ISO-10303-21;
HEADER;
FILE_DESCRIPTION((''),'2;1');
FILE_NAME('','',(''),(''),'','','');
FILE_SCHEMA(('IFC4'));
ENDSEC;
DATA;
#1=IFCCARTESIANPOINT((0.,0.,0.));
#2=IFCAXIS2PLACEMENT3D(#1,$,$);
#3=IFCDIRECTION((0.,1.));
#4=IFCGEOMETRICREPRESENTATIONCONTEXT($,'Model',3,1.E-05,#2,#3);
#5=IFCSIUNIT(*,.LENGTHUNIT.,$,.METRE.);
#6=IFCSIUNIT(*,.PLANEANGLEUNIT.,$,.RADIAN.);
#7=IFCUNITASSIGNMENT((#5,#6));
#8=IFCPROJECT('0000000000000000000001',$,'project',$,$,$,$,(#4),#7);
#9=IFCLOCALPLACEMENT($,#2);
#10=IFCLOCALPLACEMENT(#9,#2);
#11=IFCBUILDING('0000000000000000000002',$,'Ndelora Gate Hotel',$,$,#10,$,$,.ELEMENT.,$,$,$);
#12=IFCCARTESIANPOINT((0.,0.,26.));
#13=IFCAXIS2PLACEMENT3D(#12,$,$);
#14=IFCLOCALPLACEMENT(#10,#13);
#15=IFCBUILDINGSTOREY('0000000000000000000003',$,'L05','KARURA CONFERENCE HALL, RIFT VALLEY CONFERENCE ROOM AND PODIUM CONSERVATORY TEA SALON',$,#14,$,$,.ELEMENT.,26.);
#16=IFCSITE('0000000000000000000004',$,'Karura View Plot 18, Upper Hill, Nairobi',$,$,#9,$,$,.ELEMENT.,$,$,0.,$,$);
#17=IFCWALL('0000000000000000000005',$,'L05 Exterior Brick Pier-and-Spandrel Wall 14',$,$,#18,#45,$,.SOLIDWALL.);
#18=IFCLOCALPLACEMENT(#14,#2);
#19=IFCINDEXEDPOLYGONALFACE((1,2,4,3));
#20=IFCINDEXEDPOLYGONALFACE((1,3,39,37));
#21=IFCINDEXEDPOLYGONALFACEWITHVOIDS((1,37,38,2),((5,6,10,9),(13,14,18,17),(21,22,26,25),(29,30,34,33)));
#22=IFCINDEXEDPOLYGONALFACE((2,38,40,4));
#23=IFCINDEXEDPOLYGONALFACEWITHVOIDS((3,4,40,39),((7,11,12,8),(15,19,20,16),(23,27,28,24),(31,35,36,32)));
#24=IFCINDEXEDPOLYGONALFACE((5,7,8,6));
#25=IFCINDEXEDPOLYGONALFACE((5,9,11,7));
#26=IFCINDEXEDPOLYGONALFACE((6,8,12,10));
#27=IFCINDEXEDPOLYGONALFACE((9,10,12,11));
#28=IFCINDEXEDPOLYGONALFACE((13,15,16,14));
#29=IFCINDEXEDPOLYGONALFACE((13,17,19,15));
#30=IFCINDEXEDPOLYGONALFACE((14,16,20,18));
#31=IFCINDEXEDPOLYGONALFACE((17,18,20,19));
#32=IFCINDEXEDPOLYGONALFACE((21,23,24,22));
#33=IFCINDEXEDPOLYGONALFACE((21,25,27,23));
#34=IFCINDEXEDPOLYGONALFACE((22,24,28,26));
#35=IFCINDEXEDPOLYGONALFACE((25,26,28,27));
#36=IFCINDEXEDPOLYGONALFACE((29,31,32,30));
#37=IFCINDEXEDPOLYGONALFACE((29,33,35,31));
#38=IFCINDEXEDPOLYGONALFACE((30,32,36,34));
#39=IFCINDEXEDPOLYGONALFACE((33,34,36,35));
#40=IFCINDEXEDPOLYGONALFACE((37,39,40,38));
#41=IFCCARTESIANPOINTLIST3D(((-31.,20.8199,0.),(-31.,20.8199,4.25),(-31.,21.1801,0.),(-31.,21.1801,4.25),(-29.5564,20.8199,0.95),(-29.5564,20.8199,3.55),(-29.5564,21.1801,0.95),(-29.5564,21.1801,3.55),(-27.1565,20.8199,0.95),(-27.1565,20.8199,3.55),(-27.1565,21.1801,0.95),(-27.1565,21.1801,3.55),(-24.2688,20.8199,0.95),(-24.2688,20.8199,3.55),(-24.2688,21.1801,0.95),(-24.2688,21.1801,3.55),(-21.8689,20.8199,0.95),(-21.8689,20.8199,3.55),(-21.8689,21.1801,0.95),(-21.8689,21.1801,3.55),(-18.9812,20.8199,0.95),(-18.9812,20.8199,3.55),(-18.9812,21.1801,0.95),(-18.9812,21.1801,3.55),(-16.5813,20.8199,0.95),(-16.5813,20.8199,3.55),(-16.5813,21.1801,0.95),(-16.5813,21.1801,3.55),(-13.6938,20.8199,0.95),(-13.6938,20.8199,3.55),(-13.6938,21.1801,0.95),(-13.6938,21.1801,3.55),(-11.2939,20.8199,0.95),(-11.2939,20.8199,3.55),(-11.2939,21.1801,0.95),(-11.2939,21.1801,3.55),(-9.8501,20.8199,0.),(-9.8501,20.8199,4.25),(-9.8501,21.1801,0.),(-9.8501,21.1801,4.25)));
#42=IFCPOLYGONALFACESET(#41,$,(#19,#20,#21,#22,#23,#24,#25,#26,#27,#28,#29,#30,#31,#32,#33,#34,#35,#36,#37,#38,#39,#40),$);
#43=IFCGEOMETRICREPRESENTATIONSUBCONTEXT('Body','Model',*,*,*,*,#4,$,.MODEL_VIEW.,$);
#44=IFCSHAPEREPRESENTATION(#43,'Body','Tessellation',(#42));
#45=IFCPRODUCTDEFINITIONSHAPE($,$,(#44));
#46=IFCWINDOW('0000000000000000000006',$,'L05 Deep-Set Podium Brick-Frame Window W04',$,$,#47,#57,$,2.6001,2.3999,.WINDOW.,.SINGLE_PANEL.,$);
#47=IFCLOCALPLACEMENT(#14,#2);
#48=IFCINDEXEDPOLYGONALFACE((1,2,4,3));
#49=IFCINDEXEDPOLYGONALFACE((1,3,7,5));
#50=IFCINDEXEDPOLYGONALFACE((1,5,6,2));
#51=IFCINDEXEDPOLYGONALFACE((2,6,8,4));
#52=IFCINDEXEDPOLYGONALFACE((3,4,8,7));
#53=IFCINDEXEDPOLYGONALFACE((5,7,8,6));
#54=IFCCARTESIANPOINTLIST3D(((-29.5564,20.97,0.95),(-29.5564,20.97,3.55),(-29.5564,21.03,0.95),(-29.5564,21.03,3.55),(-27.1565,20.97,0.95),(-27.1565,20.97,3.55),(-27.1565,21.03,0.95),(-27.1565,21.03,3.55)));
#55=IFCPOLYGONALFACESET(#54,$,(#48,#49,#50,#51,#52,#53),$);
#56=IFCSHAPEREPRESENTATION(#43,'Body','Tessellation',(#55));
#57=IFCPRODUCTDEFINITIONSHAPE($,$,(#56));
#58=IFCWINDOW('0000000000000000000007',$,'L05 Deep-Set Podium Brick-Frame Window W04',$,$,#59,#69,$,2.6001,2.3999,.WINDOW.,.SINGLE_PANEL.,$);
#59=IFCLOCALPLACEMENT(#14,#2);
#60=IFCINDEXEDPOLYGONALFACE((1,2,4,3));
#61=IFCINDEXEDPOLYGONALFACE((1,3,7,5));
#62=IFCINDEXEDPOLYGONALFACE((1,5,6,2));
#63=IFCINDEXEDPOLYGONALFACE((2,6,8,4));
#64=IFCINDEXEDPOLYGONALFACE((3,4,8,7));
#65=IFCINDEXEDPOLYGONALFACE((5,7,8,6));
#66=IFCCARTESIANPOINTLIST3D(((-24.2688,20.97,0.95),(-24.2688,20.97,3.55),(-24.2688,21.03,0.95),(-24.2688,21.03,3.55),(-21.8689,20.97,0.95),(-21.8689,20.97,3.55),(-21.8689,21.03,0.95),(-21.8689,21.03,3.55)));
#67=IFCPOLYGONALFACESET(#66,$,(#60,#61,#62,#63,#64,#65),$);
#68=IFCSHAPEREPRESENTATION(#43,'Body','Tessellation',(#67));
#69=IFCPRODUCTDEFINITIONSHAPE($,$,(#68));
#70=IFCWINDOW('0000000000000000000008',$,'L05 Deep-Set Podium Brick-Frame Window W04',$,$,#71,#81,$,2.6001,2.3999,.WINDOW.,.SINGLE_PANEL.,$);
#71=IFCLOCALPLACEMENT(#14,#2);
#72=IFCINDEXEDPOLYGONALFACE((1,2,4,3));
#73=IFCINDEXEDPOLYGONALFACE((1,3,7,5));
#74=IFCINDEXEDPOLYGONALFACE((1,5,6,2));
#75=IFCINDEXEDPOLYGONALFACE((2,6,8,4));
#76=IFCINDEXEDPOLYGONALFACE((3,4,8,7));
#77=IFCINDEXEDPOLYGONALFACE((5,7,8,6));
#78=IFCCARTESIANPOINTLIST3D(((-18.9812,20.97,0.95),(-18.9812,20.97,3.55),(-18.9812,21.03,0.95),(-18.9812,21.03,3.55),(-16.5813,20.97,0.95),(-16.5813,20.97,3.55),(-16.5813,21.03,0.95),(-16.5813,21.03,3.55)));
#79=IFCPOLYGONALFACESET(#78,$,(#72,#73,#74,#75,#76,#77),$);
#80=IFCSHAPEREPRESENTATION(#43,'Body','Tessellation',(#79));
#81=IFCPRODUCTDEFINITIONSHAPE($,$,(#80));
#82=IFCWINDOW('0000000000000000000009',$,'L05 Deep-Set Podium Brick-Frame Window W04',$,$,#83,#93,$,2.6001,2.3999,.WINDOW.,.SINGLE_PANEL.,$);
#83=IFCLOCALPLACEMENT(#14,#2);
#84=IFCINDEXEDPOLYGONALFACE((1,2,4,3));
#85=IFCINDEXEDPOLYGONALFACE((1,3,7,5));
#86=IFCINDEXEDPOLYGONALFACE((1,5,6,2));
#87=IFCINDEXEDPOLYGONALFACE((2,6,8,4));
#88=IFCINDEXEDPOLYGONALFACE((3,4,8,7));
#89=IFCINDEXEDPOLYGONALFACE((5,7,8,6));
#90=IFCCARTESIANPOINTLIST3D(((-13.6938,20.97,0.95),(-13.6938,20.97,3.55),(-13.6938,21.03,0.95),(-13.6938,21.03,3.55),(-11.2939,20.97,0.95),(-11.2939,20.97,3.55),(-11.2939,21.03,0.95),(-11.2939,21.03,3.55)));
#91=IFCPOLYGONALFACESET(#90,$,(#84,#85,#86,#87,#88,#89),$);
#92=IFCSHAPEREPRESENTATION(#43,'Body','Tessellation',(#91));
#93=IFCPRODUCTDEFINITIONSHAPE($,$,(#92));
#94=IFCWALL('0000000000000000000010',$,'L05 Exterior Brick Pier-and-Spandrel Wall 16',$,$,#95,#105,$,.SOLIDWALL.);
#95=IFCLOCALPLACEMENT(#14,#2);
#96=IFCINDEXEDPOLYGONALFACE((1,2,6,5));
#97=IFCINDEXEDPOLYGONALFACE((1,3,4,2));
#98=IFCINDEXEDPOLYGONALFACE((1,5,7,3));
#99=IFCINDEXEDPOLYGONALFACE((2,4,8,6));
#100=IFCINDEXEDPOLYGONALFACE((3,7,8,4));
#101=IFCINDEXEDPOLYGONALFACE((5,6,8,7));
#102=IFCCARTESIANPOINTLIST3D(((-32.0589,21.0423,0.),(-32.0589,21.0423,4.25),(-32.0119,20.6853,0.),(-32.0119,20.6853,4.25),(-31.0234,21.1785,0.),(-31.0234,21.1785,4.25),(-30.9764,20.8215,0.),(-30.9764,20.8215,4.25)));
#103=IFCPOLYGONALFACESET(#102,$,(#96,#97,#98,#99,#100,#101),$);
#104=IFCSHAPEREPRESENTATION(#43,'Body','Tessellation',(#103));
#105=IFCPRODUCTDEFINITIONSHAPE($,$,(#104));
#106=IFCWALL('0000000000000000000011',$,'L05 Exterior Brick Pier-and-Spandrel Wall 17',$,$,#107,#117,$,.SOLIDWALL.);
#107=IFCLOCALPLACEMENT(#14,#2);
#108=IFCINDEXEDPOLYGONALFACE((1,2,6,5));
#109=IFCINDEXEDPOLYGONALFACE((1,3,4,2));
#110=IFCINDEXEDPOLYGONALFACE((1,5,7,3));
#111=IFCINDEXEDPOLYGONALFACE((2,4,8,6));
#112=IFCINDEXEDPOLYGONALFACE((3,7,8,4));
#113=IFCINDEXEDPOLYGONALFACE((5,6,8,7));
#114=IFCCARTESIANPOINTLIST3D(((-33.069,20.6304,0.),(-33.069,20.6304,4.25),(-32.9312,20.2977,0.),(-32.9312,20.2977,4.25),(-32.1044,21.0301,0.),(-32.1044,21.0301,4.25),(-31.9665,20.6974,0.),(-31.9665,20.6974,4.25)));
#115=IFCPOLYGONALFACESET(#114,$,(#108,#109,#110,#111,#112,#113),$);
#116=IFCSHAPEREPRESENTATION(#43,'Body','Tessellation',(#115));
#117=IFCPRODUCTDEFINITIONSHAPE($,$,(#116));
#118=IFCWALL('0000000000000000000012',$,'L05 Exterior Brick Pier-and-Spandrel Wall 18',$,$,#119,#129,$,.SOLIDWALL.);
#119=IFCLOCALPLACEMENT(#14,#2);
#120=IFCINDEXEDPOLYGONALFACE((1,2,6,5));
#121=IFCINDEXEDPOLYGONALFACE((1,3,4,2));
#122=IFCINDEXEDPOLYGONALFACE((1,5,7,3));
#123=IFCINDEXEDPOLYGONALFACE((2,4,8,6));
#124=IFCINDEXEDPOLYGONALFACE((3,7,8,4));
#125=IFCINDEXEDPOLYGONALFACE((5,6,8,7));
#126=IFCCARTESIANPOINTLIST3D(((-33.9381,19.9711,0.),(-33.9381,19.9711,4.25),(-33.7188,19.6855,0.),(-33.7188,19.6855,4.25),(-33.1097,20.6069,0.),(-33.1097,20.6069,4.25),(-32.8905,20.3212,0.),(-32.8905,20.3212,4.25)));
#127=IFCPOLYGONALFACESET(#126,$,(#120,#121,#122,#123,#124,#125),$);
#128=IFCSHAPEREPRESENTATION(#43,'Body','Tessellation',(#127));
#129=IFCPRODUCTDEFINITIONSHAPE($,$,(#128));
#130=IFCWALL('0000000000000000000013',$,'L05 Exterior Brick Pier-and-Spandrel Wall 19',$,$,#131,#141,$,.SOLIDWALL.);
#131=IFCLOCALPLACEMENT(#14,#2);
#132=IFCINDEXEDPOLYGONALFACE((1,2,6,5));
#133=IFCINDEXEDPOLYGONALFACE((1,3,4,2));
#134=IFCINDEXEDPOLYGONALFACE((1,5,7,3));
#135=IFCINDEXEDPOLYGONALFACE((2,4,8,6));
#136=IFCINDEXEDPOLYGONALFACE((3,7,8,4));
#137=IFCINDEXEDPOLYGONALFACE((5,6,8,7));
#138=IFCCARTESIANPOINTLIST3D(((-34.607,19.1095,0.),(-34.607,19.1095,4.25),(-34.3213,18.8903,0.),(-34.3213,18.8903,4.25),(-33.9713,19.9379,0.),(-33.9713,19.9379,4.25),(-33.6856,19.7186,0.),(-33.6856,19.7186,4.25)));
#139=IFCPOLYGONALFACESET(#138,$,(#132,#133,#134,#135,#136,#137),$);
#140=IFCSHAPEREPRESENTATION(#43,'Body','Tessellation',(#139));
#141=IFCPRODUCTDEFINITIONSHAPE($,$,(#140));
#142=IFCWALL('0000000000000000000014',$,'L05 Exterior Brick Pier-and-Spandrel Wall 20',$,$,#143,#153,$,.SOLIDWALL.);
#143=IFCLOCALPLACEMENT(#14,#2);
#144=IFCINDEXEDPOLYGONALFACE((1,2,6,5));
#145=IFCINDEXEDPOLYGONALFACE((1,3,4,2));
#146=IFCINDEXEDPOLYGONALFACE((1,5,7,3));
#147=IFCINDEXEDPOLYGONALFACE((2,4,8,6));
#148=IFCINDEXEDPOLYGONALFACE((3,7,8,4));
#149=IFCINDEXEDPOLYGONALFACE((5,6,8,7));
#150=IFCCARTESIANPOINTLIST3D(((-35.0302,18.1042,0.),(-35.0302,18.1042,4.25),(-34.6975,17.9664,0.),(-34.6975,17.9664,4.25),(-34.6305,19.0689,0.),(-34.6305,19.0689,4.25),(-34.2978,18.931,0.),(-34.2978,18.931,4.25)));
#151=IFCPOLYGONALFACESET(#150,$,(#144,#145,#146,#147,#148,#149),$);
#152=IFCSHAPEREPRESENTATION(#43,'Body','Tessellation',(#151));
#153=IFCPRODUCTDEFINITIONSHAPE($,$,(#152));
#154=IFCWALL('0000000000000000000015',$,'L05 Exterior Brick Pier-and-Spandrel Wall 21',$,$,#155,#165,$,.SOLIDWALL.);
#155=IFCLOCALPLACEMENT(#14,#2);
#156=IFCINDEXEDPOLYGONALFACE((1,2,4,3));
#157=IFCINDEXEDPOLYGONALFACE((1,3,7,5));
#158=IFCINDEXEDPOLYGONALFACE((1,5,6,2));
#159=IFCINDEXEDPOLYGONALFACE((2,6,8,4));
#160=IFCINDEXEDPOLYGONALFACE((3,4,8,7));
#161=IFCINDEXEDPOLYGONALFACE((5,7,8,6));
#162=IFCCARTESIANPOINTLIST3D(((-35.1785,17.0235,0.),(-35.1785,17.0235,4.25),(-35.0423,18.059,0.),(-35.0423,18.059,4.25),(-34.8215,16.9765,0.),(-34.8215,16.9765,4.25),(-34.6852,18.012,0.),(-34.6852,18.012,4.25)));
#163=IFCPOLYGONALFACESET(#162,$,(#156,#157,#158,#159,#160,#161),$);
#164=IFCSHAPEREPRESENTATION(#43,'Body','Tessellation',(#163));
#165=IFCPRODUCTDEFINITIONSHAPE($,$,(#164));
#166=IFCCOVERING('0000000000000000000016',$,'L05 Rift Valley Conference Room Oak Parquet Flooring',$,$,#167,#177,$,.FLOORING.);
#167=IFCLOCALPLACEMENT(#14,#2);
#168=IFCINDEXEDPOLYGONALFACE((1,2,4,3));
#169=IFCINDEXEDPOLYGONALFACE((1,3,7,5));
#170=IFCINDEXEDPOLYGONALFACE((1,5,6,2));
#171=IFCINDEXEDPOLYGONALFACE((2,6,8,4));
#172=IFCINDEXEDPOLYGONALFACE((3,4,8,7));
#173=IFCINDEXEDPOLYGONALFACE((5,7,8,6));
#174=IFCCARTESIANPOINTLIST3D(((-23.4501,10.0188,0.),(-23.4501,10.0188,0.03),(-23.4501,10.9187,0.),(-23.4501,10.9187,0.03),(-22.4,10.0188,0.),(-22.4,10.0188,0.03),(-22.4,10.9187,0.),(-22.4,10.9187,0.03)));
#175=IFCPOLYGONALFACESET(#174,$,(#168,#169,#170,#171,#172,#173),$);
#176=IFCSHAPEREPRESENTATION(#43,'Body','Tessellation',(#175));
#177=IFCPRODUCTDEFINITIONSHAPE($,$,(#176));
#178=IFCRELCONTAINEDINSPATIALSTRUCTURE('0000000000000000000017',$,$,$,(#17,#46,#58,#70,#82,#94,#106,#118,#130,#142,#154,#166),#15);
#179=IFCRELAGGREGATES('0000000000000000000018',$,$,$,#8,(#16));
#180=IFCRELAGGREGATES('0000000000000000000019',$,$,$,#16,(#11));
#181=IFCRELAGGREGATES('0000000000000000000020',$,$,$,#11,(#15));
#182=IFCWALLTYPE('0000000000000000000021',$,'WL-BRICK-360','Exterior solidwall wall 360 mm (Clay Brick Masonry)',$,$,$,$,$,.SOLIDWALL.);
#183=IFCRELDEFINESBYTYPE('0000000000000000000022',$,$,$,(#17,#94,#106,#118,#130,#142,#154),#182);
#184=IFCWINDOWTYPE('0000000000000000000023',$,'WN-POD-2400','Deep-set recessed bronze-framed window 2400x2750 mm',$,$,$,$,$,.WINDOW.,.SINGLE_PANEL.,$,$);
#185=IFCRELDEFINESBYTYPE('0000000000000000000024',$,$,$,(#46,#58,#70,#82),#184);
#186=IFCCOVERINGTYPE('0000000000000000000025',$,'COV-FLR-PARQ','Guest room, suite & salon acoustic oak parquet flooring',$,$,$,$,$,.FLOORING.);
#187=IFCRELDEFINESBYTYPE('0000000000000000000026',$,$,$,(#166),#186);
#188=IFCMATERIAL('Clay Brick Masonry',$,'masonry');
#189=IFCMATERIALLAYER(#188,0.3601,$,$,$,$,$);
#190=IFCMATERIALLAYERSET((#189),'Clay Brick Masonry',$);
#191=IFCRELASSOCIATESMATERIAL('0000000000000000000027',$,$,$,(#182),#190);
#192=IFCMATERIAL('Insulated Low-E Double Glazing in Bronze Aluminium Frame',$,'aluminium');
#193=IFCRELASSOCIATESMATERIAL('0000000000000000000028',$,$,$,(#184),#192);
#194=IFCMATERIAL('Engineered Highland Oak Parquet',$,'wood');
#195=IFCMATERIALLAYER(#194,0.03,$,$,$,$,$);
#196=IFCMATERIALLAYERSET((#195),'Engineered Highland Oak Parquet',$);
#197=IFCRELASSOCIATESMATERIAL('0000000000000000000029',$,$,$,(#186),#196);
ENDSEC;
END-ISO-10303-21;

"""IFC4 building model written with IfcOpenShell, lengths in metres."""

from ifc_helpers import new_model, si_unit, direction, frame, frame_2d, origin, origin_2d, place, context, subcontext, project, spatial, rectangle, extrude, material, layer, layer_set, type_object, element, fill, save


model = new_model("IFC4")

# Units and contexts
model_context = context("Model", 3, precision=1e-05, world=origin(), true_north=direction((0.0, 1.0)))
body_context = subcontext(model_context, "Body", "Model", "MODEL_VIEW")
ifc_project = project(units=[si_unit("LENGTHUNIT", "METRE"), si_unit("PLANEANGLEUNIT", "RADIAN")], contexts=[model_context])

# Site, building, storey
site_placement = place(None, origin())
site = spatial("IfcSite", under=ifc_project, at=site_placement, Name="Karura View Plot 18, Upper Hill, Nairobi", CompositionType="ELEMENT", RefElevation=0.0)
building_placement = place(site_placement, origin())
building = spatial("IfcBuilding", under=site, at=building_placement, Name="Ndelora Gate Hotel", CompositionType="ELEMENT")
storey_placement = place(building_placement, frame((0.0, 0.0, 26.0)))
storey = spatial("IfcBuildingStorey", under=building, at=storey_placement, Name="L05", Description="KARURA CONFERENCE HALL, RIFT VALLEY CONFERENCE ROOM AND PODIUM CONSERVATORY TEA SALON", CompositionType="ELEMENT", Elevation=26.0)

# Wall, openings, windows
ifc_material_1 = material(Name="Clay Brick Masonry", Category="masonry")
ifc_layer_1 = layer(ifc_material_1, 0.3601)
ifc_layer_set_1 = layer_set([ifc_layer_1], Name="Clay Brick Masonry")
wall_type = type_object("IfcWallType", Name="WL-BRICK-360", Description="Exterior solidwall wall 360 mm (Clay Brick Masonry)", PredefinedType="SOLIDWALL", material=ifc_layer_set_1)
wall_1_placement = place(storey_placement, frame((-31.0, 21.0, 0.0), z_axis=(0.0, 0.0, 1.0), x_axis=(1.0, 0.0, 0.0)))
wall_1 = element("IfcWall", 1, at=wall_1_placement, inside=storey, type_object=wall_type, Name="L05 Exterior Brick Pier-and-Spandrel Wall 14", PredefinedType="SOLIDWALL", context=body_context, shape_type="SweptSolid", body=[
    extrude(rectangle(XDim=21.1499, YDim=0.3601, at=frame_2d((10.575, 0.0))), origin(), (0.0, 0.0, 1.0), 4.25),
])
opening_1_placement = place(wall_1_placement, frame((1.4436, 0.0, 0.95)))
opening_1 = element("IfcOpeningElement", 2, at=opening_1_placement, cuts=wall_1, PredefinedType="OPENING", context=body_context, shape_type="SweptSolid", body=[
    extrude(rectangle(XDim=2.3999, YDim=2.6001, at=frame_2d((1.2, 1.3))), frame((0.0, 0.1899, 0.0), z_axis=(0.0, -1.0, 0.0), x_axis=(1.0, 0.0, 0.0)), (0.0, 0.0, 1.0), 0.3801),
])
opening_2_placement = place(wall_1_placement, frame((6.7312, 0.0, 0.95)))
opening_2 = element("IfcOpeningElement", 3, at=opening_2_placement, cuts=wall_1, PredefinedType="OPENING", context=body_context, shape_type="SweptSolid", body=[
    extrude(rectangle(XDim=2.3999, YDim=2.6001, at=frame_2d((1.2, 1.3))), frame((0.0, 0.1899, 0.0), z_axis=(0.0, -1.0, 0.0), x_axis=(1.0, 0.0, 0.0)), (0.0, 0.0, 1.0), 0.3801),
])
opening_3_placement = place(wall_1_placement, frame((12.0188, 0.0, 0.95)))
opening_3 = element("IfcOpeningElement", 4, at=opening_3_placement, cuts=wall_1, PredefinedType="OPENING", context=body_context, shape_type="SweptSolid", body=[
    extrude(rectangle(XDim=2.3999, YDim=2.6001, at=frame_2d((1.2, 1.3))), frame((0.0, 0.1899, 0.0), z_axis=(0.0, -1.0, 0.0), x_axis=(1.0, 0.0, 0.0)), (0.0, 0.0, 1.0), 0.3801),
])
opening_4_placement = place(wall_1_placement, frame((17.3062, 0.0, 0.95)))
opening_4 = element("IfcOpeningElement", 5, at=opening_4_placement, cuts=wall_1, PredefinedType="OPENING", context=body_context, shape_type="SweptSolid", body=[
    extrude(rectangle(XDim=2.3999, YDim=2.6001, at=frame_2d((1.2, 1.3))), frame((0.0, 0.1899, 0.0), z_axis=(0.0, -1.0, 0.0), x_axis=(1.0, 0.0, 0.0)), (0.0, 0.0, 1.0), 0.3801),
])
ifc_material_2 = material(Name="Insulated Low-E Double Glazing in Bronze Aluminium Frame", Category="aluminium")
window_type = type_object("IfcWindowType", Name="WN-POD-2400", Description="Deep-set recessed bronze-framed window 2400x2750 mm", PartitioningType="SINGLE_PANEL", PredefinedType="WINDOW", material=ifc_material_2)
window_1_placement = place(opening_1_placement, origin())
window_1 = element("IfcWindow", 6, at=window_1_placement, inside=storey, type_object=window_type, Name="L05 Deep-Set Podium Brick-Frame Window W04", OverallHeight=2.6001, OverallWidth=2.3999, PartitioningType="SINGLE_PANEL", PredefinedType="WINDOW", context=body_context, shape_type="SweptSolid", body=[
    extrude(rectangle(XDim=2.3999, YDim=2.6001, at=frame_2d((1.2, 1.3))), frame((0.0, 0.03, 0.0), z_axis=(0.0, -1.0, 0.0), x_axis=(1.0, 0.0, 0.0)), (0.0, 0.0, 1.0), 0.0601),
])
fill(opening_1, window_1)
window_2_placement = place(opening_2_placement, origin())
window_2 = element("IfcWindow", 7, at=window_2_placement, inside=storey, type_object=window_type, Name="L05 Deep-Set Podium Brick-Frame Window W04", OverallHeight=2.6001, OverallWidth=2.3999, PartitioningType="SINGLE_PANEL", PredefinedType="WINDOW", context=body_context, shape_type="SweptSolid", body=[
    extrude(rectangle(XDim=2.3999, YDim=2.6001, at=frame_2d((1.2, 1.3))), frame((0.0, 0.03, 0.0), z_axis=(0.0, -1.0, 0.0), x_axis=(1.0, 0.0, 0.0)), (0.0, 0.0, 1.0), 0.0601),
])
fill(opening_2, window_2)
window_3_placement = place(opening_3_placement, origin())
window_3 = element("IfcWindow", 8, at=window_3_placement, inside=storey, type_object=window_type, Name="L05 Deep-Set Podium Brick-Frame Window W04", OverallHeight=2.6001, OverallWidth=2.3999, PartitioningType="SINGLE_PANEL", PredefinedType="WINDOW", context=body_context, shape_type="SweptSolid", body=[
    extrude(rectangle(XDim=2.3999, YDim=2.6001, at=frame_2d((1.2, 1.3))), frame((0.0, 0.03, 0.0), z_axis=(0.0, -1.0, 0.0), x_axis=(1.0, 0.0, 0.0)), (0.0, 0.0, 1.0), 0.0601),
])
fill(opening_3, window_3)
window_4_placement = place(opening_4_placement, origin())
window_4 = element("IfcWindow", 9, at=window_4_placement, inside=storey, type_object=window_type, Name="L05 Deep-Set Podium Brick-Frame Window W04", OverallHeight=2.6001, OverallWidth=2.3999, PartitioningType="SINGLE_PANEL", PredefinedType="WINDOW", context=body_context, shape_type="SweptSolid", body=[
    extrude(rectangle(XDim=2.3999, YDim=2.6001, at=frame_2d((1.2, 1.3))), frame((0.0, 0.03, 0.0), z_axis=(0.0, -1.0, 0.0), x_axis=(1.0, 0.0, 0.0)), (0.0, 0.0, 1.0), 0.0601),
])
fill(opening_4, window_4)

# Walls
wall_2_placement = place(storey_placement, frame((-32.0354, 20.8638, 0.0), z_axis=(0.0, 0.0, 1.0), x_axis=(0.991455, 0.130448, 0.0)))
element("IfcWall", 10, at=wall_2_placement, inside=storey, type_object=wall_type, Name="L05 Exterior Brick Pier-and-Spandrel Wall 16", PredefinedType="SOLIDWALL", context=body_context, shape_type="SweptSolid", body=[
    extrude(rectangle(XDim=1.0444, YDim=0.3601, at=frame_2d((0.5222, 0.0))), origin(), (0.0, 0.0, 1.0), 4.25),
])
for number, where, z_axis, x_axis, name in (
    (11, (-33.0, 20.4641, 0.0), (0.0, 0.0, 1.0), (0.923843, 0.382772, 0.0), "L05 Exterior Brick Pier-and-Spandrel Wall 17"),
    (12, (-33.8284, 19.8284, 0.0), (0.0, 0.0, 1.0), (0.793301, 0.608829, 0.0), "L05 Exterior Brick Pier-and-Spandrel Wall 18"),
    (13, (-34.4641, 19.0, 0.0), (0.0, 0.0, 1.0), (0.608829, 0.793301, 0.0), "L05 Exterior Brick Pier-and-Spandrel Wall 19"),
    (14, (-34.8638, 18.0354, 0.0), (0.0, 0.0, 1.0), (0.382772, 0.923843, 0.0), "L05 Exterior Brick Pier-and-Spandrel Wall 20"),
):
    element("IfcWall", number, at=place(storey_placement, frame(where, z_axis=z_axis, x_axis=x_axis)), inside=storey, type_object=wall_type, Name=name, PredefinedType="SOLIDWALL", context=body_context, shape_type="SweptSolid", body=[
        extrude(rectangle(XDim=1.0442, YDim=0.3601, at=frame_2d((0.522, 0.0))), origin(), (0.0, 0.0, 1.0), 4.25),
    ])
wall_3_placement = place(storey_placement, frame((-35.0, 17.0, 0.0), z_axis=(0.0, 0.0, 1.0), x_axis=(0.130448, 0.991455, 0.0)))
element("IfcWall", 15, at=wall_3_placement, inside=storey, type_object=wall_type, Name="L05 Exterior Brick Pier-and-Spandrel Wall 21", PredefinedType="SOLIDWALL", context=body_context, shape_type="SweptSolid", body=[
    extrude(rectangle(XDim=1.0444, YDim=0.3601, at=frame_2d((0.5222, 0.0))), origin(), (0.0, 0.0, 1.0), 4.25),
])

# Covering
ifc_material_3 = material(Name="Engineered Highland Oak Parquet", Category="wood")
ifc_layer_2 = layer(ifc_material_3, 0.03)
ifc_layer_set_2 = layer_set([ifc_layer_2], Name="Engineered Highland Oak Parquet")
covering_type = type_object("IfcCoveringType", Name="COV-FLR-PARQ", Description="Guest room, suite & salon acoustic oak parquet flooring", PredefinedType="FLOORING", material=ifc_layer_set_2)
covering_placement = place(storey_placement, frame((-22.925, 10.4688, 0.0), z_axis=(0.0, 0.0, 1.0), x_axis=(1.0, 0.0, 0.0)))
element("IfcCovering", 16, at=covering_placement, inside=storey, type_object=covering_type, Name="L05 Rift Valley Conference Room Oak Parquet Flooring", PredefinedType="FLOORING", context=body_context, shape_type="SweptSolid", body=[
    extrude(rectangle(XDim=1.05, YDim=0.8999, at=origin_2d()), origin(), (0.0, 0.0, 1.0), 0.03),
])

save(model, "model.ifc")
